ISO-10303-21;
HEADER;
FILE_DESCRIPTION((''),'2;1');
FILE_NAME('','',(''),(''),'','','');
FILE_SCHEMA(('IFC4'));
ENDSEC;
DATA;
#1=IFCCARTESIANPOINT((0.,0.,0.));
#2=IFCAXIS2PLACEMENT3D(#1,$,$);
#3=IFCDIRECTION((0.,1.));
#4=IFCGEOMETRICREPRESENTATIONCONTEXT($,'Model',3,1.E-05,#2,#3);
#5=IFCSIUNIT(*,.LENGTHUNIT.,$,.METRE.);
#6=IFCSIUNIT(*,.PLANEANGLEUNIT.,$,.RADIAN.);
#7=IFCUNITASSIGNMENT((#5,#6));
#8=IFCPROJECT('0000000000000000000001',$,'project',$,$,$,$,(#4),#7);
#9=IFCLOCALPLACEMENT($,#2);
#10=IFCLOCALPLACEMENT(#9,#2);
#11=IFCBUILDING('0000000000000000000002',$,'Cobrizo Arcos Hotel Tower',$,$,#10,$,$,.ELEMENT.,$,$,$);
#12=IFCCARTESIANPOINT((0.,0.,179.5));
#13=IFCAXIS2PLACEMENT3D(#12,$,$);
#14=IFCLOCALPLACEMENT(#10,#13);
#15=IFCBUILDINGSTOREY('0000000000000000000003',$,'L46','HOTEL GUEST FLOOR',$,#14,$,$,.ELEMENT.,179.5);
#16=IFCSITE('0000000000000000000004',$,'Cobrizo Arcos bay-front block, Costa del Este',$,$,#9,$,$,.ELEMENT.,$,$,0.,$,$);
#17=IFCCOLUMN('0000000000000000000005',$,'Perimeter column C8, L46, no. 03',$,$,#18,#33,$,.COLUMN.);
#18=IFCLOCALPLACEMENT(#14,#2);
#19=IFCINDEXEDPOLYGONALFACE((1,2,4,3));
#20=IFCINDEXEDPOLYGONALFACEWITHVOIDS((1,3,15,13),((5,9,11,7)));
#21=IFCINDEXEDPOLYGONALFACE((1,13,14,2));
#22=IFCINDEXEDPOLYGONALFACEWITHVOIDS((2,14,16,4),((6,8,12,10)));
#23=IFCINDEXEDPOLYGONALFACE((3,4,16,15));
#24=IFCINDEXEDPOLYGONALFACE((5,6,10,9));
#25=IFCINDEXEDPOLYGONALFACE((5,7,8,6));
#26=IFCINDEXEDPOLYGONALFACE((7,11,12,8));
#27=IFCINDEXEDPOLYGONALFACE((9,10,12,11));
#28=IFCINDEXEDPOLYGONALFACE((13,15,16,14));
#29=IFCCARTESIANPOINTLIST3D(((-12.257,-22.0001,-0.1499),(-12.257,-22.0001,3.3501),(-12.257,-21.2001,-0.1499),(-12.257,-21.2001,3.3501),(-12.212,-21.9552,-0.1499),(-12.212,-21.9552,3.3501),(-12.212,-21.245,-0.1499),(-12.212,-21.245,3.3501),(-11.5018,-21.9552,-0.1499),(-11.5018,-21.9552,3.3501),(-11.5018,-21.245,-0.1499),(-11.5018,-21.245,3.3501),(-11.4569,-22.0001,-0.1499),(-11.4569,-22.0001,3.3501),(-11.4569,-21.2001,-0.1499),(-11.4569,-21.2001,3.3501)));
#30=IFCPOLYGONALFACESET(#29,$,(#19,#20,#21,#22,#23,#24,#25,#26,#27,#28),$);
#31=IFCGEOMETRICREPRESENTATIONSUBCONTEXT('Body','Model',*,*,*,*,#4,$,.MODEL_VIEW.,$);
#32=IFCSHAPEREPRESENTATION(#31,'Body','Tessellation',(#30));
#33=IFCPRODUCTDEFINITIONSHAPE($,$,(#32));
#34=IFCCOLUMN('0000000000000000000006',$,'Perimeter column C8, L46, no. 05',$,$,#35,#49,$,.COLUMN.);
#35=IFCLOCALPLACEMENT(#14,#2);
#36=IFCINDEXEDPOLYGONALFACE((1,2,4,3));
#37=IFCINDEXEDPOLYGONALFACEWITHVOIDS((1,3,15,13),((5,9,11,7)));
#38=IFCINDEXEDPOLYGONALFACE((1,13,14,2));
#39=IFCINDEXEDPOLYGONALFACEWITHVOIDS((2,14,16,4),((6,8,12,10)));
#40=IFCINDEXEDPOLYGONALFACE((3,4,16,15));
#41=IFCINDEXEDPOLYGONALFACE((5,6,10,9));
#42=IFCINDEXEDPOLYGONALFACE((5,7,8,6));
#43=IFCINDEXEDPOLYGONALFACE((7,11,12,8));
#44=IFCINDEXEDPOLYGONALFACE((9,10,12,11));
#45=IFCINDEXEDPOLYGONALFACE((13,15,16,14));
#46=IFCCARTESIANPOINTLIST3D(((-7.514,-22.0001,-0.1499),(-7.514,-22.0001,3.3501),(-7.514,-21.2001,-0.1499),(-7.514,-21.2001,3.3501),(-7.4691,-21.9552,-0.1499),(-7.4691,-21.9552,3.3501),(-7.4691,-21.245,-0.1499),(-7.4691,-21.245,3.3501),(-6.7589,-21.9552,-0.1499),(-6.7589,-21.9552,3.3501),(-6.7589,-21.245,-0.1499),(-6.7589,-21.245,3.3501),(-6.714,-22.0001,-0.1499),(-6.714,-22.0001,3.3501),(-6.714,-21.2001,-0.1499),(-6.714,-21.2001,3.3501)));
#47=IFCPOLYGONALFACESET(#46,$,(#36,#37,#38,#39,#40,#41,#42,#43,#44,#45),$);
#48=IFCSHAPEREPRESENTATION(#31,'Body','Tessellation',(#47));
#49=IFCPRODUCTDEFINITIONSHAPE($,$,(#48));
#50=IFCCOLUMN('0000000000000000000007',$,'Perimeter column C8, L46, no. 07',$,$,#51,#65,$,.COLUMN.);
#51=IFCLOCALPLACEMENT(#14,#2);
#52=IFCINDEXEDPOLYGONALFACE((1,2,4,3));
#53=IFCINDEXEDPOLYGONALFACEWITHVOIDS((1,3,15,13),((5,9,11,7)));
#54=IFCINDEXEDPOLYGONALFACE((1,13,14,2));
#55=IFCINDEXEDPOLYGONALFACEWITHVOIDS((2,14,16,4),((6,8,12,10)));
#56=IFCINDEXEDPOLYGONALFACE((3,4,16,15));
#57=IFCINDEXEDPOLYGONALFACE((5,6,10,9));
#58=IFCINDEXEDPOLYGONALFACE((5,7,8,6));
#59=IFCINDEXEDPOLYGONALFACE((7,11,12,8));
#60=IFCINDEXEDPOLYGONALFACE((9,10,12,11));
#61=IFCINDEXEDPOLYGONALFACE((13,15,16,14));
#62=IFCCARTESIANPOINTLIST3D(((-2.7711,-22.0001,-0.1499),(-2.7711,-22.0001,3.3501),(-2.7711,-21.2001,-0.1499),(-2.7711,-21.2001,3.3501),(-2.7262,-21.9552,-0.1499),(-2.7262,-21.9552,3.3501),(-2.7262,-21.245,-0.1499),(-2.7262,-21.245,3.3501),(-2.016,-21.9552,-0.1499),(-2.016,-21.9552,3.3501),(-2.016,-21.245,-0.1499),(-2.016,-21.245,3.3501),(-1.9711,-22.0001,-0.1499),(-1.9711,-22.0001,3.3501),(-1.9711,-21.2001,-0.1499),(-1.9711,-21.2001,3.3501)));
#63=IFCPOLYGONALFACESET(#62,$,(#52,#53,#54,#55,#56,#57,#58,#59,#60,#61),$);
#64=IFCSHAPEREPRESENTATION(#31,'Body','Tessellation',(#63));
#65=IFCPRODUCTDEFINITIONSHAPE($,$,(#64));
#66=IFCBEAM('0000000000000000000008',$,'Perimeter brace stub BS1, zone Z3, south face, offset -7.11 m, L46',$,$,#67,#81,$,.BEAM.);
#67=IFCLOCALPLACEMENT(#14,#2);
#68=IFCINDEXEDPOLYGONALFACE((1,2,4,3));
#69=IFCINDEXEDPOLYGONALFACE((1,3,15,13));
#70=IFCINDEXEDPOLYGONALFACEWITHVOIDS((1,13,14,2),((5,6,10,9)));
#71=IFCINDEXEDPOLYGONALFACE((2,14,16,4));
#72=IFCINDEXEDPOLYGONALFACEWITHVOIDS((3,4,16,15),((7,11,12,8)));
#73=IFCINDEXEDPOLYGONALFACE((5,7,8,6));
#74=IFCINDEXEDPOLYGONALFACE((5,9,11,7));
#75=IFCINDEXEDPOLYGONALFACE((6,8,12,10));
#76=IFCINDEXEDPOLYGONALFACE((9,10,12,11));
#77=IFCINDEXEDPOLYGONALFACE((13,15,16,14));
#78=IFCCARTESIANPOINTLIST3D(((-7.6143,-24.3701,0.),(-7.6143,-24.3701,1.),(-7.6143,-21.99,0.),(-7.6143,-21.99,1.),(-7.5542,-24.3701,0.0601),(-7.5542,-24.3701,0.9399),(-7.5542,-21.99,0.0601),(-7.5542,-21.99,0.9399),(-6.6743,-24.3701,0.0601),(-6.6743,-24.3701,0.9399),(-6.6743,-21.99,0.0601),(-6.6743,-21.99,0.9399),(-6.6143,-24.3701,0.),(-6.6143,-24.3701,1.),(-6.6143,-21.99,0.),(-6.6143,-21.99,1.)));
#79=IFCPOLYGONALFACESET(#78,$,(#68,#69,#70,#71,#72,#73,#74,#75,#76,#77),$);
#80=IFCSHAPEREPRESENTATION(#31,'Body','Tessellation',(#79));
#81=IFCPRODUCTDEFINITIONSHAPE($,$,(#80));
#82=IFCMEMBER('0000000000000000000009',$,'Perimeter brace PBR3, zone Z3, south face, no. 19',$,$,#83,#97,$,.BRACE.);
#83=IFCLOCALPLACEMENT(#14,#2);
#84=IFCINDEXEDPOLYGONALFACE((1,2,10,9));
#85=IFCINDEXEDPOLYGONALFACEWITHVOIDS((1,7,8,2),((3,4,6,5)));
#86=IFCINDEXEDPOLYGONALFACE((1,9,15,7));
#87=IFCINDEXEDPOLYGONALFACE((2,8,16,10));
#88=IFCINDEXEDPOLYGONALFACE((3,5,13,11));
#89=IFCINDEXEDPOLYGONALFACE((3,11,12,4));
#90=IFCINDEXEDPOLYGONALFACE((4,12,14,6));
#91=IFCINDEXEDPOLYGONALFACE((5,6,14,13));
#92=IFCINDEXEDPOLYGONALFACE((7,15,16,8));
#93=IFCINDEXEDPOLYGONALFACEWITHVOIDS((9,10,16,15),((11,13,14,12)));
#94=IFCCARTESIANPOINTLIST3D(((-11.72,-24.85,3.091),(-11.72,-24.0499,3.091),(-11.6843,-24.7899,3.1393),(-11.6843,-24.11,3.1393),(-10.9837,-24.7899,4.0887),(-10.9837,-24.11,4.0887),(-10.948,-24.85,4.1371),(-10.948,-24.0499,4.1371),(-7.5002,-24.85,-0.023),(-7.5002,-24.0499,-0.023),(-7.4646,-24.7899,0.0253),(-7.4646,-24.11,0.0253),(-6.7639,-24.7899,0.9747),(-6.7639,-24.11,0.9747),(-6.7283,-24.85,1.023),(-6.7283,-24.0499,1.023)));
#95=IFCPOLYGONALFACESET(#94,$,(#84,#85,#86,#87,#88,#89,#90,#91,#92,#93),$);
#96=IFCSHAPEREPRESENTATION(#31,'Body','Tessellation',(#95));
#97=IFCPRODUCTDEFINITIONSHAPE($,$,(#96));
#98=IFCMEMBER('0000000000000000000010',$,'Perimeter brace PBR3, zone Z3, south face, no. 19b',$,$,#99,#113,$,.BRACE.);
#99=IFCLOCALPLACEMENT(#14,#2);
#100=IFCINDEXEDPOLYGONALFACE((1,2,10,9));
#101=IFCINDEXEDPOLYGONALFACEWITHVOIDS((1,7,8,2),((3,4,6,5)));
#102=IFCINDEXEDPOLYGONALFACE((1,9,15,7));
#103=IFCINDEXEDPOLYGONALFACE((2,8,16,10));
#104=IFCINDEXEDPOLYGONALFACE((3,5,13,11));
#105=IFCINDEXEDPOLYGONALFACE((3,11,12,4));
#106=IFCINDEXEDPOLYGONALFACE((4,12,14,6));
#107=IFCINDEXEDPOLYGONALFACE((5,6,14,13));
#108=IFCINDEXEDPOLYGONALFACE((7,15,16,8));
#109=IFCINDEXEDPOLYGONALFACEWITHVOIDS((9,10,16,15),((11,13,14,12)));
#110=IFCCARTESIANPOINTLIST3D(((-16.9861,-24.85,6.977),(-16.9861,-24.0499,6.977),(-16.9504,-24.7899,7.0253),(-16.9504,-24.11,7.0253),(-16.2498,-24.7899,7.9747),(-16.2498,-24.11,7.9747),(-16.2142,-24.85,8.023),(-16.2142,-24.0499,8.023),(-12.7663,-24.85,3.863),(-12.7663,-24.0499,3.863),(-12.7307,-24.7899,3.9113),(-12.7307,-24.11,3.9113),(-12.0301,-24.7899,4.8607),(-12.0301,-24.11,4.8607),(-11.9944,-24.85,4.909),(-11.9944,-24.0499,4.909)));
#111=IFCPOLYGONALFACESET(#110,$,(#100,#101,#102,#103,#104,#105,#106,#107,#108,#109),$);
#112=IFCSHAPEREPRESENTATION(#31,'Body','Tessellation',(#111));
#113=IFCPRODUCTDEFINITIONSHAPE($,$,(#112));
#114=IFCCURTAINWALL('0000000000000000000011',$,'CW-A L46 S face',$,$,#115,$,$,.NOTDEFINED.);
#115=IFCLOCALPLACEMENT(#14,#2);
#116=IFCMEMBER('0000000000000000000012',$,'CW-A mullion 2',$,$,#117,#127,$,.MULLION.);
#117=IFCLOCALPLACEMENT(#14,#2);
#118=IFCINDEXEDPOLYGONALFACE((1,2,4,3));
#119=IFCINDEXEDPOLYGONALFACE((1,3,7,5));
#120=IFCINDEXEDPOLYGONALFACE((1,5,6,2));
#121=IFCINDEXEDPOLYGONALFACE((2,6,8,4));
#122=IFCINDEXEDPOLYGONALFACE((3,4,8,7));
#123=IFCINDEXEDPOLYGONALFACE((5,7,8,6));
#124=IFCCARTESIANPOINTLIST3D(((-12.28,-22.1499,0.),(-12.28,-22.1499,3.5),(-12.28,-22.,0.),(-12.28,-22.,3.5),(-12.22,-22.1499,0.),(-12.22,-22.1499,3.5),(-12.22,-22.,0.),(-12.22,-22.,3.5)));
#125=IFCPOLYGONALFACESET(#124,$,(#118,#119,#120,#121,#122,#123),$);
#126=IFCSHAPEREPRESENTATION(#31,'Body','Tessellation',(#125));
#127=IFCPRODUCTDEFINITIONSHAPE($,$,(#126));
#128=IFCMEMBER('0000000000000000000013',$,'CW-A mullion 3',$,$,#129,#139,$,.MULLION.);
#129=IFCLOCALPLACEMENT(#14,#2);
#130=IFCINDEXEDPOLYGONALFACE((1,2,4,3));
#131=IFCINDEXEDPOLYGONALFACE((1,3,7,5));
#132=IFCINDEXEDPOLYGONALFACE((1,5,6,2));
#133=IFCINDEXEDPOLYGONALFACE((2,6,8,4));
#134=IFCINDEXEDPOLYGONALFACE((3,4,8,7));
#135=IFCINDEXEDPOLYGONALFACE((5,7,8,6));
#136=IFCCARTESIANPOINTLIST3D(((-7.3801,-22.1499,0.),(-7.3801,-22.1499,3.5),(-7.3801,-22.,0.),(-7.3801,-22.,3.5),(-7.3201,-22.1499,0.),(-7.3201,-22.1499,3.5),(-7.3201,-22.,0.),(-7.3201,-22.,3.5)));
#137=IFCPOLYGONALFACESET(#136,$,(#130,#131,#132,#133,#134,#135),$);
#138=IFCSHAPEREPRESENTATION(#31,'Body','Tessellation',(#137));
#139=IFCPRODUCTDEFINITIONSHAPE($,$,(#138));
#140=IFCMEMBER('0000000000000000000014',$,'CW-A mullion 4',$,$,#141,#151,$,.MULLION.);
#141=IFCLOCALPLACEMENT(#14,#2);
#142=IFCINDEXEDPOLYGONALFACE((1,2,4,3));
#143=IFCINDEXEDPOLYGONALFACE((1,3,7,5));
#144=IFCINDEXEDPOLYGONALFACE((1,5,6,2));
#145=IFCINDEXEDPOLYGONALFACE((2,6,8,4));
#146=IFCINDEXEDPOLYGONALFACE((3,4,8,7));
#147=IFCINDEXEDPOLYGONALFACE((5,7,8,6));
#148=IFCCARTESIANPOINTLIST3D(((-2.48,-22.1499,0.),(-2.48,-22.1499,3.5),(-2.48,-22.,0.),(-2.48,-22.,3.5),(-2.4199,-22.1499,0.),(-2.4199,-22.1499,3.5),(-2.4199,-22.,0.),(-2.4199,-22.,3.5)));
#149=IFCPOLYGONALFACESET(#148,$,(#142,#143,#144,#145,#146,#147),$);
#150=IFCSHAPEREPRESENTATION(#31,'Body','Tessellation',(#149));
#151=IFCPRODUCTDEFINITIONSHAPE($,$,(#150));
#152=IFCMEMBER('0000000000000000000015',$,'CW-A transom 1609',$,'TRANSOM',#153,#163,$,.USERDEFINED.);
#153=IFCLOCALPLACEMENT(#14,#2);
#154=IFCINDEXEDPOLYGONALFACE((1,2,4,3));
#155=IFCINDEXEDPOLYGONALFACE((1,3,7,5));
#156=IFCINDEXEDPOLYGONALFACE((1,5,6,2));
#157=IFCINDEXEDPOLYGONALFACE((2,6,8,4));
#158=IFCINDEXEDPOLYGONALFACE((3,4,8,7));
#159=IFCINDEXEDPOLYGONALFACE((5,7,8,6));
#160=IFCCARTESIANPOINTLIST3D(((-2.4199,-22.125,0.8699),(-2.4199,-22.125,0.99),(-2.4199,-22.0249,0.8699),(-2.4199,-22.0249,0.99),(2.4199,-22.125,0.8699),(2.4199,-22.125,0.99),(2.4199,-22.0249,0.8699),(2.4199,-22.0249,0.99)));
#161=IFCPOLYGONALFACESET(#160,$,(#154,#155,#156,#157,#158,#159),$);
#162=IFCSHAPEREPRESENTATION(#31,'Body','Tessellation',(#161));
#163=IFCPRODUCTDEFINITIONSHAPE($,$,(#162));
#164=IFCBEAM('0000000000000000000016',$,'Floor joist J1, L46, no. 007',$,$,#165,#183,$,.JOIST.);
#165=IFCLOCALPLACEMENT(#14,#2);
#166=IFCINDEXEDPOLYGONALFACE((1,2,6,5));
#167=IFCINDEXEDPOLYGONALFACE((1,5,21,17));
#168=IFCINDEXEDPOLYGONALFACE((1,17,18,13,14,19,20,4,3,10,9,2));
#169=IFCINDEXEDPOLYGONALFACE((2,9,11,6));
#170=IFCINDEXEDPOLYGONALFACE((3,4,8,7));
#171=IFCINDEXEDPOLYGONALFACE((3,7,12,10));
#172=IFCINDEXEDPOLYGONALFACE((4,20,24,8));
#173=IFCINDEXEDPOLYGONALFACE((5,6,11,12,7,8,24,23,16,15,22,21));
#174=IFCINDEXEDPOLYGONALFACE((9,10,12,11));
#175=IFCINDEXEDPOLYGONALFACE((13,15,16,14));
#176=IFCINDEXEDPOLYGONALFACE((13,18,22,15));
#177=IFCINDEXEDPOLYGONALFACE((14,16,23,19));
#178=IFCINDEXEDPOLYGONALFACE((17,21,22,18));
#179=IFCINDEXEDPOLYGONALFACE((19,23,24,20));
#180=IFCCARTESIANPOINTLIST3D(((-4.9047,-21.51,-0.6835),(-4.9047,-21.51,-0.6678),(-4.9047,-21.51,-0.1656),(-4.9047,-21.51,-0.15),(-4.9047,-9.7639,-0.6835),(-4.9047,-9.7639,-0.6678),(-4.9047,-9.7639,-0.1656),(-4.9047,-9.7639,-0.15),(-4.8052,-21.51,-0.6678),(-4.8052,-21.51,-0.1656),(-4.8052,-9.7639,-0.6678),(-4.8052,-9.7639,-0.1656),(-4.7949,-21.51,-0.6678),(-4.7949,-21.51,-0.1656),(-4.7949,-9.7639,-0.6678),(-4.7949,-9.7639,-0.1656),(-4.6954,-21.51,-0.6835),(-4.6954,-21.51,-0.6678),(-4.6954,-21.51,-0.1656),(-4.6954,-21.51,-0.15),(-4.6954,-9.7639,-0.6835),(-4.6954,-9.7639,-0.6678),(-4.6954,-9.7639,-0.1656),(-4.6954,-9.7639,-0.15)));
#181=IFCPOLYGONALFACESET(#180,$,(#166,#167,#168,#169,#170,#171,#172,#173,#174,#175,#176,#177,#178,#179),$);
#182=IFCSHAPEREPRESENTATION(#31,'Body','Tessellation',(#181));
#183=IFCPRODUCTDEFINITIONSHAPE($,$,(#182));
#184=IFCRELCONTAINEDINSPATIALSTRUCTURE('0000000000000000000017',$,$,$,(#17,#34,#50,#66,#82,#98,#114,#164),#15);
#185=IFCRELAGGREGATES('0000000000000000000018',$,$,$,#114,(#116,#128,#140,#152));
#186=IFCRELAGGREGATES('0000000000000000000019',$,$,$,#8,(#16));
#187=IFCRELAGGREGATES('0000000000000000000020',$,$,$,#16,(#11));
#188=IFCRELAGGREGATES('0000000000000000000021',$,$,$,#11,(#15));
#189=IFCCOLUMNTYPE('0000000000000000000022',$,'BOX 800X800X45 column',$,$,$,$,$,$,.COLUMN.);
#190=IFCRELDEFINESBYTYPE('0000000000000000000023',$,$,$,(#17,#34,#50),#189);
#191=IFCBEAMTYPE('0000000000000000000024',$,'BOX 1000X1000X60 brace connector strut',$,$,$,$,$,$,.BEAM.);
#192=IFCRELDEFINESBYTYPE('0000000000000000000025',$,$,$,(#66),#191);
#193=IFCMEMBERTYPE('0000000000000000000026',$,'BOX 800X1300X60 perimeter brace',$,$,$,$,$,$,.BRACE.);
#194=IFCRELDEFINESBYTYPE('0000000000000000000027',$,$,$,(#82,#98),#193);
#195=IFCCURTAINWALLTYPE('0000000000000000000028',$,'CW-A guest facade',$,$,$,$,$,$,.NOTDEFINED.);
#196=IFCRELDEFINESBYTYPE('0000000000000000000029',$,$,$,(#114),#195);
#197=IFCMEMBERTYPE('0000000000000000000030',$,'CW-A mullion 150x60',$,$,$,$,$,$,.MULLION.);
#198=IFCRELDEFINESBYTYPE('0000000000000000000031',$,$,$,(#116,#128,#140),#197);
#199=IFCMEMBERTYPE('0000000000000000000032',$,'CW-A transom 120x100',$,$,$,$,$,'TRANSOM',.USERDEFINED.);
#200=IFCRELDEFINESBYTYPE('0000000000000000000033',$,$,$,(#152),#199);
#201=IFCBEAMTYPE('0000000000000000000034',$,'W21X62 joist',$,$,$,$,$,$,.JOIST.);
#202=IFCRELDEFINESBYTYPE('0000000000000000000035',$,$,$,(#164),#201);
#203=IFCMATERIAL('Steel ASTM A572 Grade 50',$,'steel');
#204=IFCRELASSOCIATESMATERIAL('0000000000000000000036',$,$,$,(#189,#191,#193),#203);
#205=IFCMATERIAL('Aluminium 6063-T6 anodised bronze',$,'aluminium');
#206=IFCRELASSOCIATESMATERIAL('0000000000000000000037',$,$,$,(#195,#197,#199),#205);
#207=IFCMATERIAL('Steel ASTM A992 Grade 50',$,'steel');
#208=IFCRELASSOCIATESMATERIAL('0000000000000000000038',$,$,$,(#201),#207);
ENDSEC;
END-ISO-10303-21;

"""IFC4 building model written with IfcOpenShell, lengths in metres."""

from ifc_helpers import new_model, si_unit, direction, frame, origin, origin_2d, place, context, subcontext, project, spatial, rectangle, hollow_rectangle, i_section, extrude, material, material_profile, profile_set, type_object, element, aggregate, save


model = new_model("IFC4")

# Units and contexts
model_context = context("Model", 3, precision=1e-05, world=origin(), true_north=direction((0.0, 1.0)))
body_context = subcontext(model_context, "Body", "Model", "MODEL_VIEW")
ifc_project = project(units=[si_unit("LENGTHUNIT", "METRE"), si_unit("PLANEANGLEUNIT", "RADIAN")], contexts=[model_context])

# Site, building, storey
site_placement = place(None, origin())
site = spatial("IfcSite", under=ifc_project, at=site_placement, Name="Cobrizo Arcos bay-front block, Costa del Este", CompositionType="ELEMENT", RefElevation=0.0)
building_placement = place(site_placement, origin())
building = spatial("IfcBuilding", under=site, at=building_placement, Name="Cobrizo Arcos Hotel Tower", CompositionType="ELEMENT")
storey_placement = place(building_placement, frame((0.0, 0.0, 179.5)))
storey = spatial("IfcBuildingStorey", under=building, at=storey_placement, Name="L46", Description="HOTEL GUEST FLOOR", CompositionType="ELEMENT", Elevation=179.5)

# Columns
ifc_material_1 = material(Name="Steel ASTM A572 Grade 50", Category="steel")
ifc_material_profile_1 = material_profile(ifc_material_1, hollow_rectangle(XDim=0.8, YDim=0.8, WallThickness=0.0449, at=origin_2d()), Name="BOX 800X800X45")
ifc_profile_set_1 = profile_set([ifc_material_profile_1], Name="Steel ASTM A572 Grade 50")
column_type = type_object("IfcColumnType", Name="BOX 800X800X45 column", PredefinedType="COLUMN", material=ifc_profile_set_1)
for number, where, z_axis, x_axis, name in (
    (1, (-11.8569, -21.6001, -0.1499), (0.0, 0.0, 1.0), (1.0, 0.0, 0.0), "Perimeter column C8, L46, no. 03"),
    (2, (-7.114, -21.6001, -0.1499), (0.0, 0.0, 1.0), (1.0, 0.0, 0.0), "Perimeter column C8, L46, no. 05"),
    (3, (-2.3711, -21.6001, -0.1499), (0.0, 0.0, 1.0), (1.0, 0.0, 0.0), "Perimeter column C8, L46, no. 07"),
):
    element("IfcColumn", number, at=place(storey_placement, frame(where, z_axis=z_axis, x_axis=x_axis)), inside=storey, type_object=column_type, Name=name, PredefinedType="COLUMN", context=body_context, shape_type="SweptSolid", body=[
        extrude(hollow_rectangle(XDim=0.8, YDim=0.8, WallThickness=0.0449, at=origin_2d()), origin(), (0.0, 0.0, 1.0), 3.5),
    ])

# Beam
ifc_material_profile_2 = material_profile(ifc_material_1, hollow_rectangle(XDim=1.0, YDim=1.0, WallThickness=0.0601, at=origin_2d()), Name="BOX 1000X1000X60")
ifc_profile_set_2 = profile_set([ifc_material_profile_2], Name="Steel ASTM A572 Grade 50")
beam_type_1 = type_object("IfcBeamType", Name="BOX 1000X1000X60 brace connector strut", PredefinedType="BEAM", material=ifc_profile_set_2)
beam_1_placement = place(storey_placement, frame((-7.1143, -21.99, 0.5), z_axis=(0.0, -1.0, 0.0), x_axis=(1.0, 0.0, 0.0)))
element("IfcBeam", 4, at=beam_1_placement, inside=storey, type_object=beam_type_1, Name="Perimeter brace stub BS1, zone Z3, south face, offset -7.11 m, L46", PredefinedType="BEAM", context=body_context, shape_type="SweptSolid", body=[
    extrude(hollow_rectangle(XDim=1.0, YDim=1.0, WallThickness=0.0601, at=origin_2d()), origin(), (0.0, 0.0, 1.0), 2.3801),
])

# Members
ifc_material_profile_3 = material_profile(ifc_material_1, hollow_rectangle(XDim=0.8, YDim=1.3, WallThickness=0.0601, at=origin_2d()), Name="BOX 800X1300X60")
ifc_profile_set_3 = profile_set([ifc_material_profile_3], Name="Steel ASTM A572 Grade 50")
member_type_1 = type_object("IfcMemberType", Name="BOX 800X1300X60 perimeter brace", PredefinedType="BRACE", material=ifc_profile_set_3)
for number, where, z_axis, x_axis, name in (
    (5, (-7.1143, -24.45, 0.5), (-0.804624, 0.0, 0.593785), (0.0, -1.0, 0.0), "Perimeter brace PBR3, zone Z3, south face, no. 19"),
    (6, (-12.3804, -24.45, 4.386), (-0.804624, 0.0, 0.593785), (0.0, -1.0, 0.0), "Perimeter brace PBR3, zone Z3, south face, no. 19b"),
):
    element("IfcMember", number, at=place(storey_placement, frame(where, z_axis=z_axis, x_axis=x_axis)), inside=storey, type_object=member_type_1, Name=name, PredefinedType="BRACE", context=body_context, shape_type="SweptSolid", body=[
        extrude(hollow_rectangle(XDim=0.8, YDim=1.3, WallThickness=0.0601, at=origin_2d()), origin(), (0.0, 0.0, 1.0), 5.2444),
    ])

# Curtain wall, members
ifc_material_2 = material(Name="Aluminium 6063-T6 anodised bronze", Category="aluminium")
curtain_wall_type = type_object("IfcCurtainWallType", Name="CW-A guest facade", PredefinedType="NOTDEFINED", material=ifc_material_2)
curtain_wall_placement = place(storey_placement, origin())
curtain_wall = element("IfcCurtainWall", 7, at=curtain_wall_placement, inside=storey, type_object=curtain_wall_type, Name="CW-A L46 S face", PredefinedType="NOTDEFINED")
ifc_material_profile_4 = material_profile(ifc_material_2, rectangle(XDim=0.1499, YDim=0.0601, at=origin_2d()), Name="CW-A mullion 150x60")
ifc_profile_set_4 = profile_set([ifc_material_profile_4], Name="Aluminium 6063-T6 anodised bronze")
member_type_2 = type_object("IfcMemberType", Name="CW-A mullion 150x60", PredefinedType="MULLION", material=ifc_profile_set_4)
member_1_placement = place(storey_placement, frame((-12.25, -22.075, 0.0), z_axis=(0.0, 0.0, 1.0), x_axis=(0.0, -1.0, 0.0)))
member_1 = element("IfcMember", 8, at=member_1_placement, type_object=member_type_2, Name="CW-A mullion 2", PredefinedType="MULLION", context=body_context, shape_type="SweptSolid", body=[
    extrude(rectangle(XDim=0.1499, YDim=0.0601, at=origin_2d()), origin(), (0.0, 0.0, 1.0), 3.5),
])
member_2_placement = place(storey_placement, frame((-7.3501, -22.075, 0.0), z_axis=(0.0, 0.0, 1.0), x_axis=(0.0, -1.0, 0.0)))
member_2 = element("IfcMember", 9, at=member_2_placement, type_object=member_type_2, Name="CW-A mullion 3", PredefinedType="MULLION", context=body_context, shape_type="SweptSolid", body=[
    extrude(rectangle(XDim=0.1499, YDim=0.0601, at=origin_2d()), origin(), (0.0, 0.0, 1.0), 3.5),
])
member_3_placement = place(storey_placement, frame((-2.45, -22.075, 0.0), z_axis=(0.0, 0.0, 1.0), x_axis=(0.0, -1.0, 0.0)))
member_3 = element("IfcMember", 10, at=member_3_placement, type_object=member_type_2, Name="CW-A mullion 4", PredefinedType="MULLION", context=body_context, shape_type="SweptSolid", body=[
    extrude(rectangle(XDim=0.1499, YDim=0.0601, at=origin_2d()), origin(), (0.0, 0.0, 1.0), 3.5),
])
ifc_material_profile_5 = material_profile(ifc_material_2, rectangle(XDim=0.1001, YDim=0.1201, at=origin_2d()), Name="CW-A transom 120x100")
ifc_profile_set_5 = profile_set([ifc_material_profile_5], Name="Aluminium 6063-T6 anodised bronze")
member_type_3 = type_object("IfcMemberType", Name="CW-A transom 120x100", ElementType="TRANSOM", PredefinedType="USERDEFINED", material=ifc_profile_set_5)
member_4_placement = place(storey_placement, frame((-2.4199, -22.075, 0.9299), z_axis=(1.0, 0.0, 0.0), x_axis=(0.0, 1.0, 0.0)))
member_4 = element("IfcMember", 11, at=member_4_placement, type_object=member_type_3, Name="CW-A transom 1609", ObjectType="TRANSOM", PredefinedType="USERDEFINED", context=body_context, shape_type="SweptSolid", body=[
    extrude(rectangle(XDim=0.1001, YDim=0.1201, at=origin_2d()), origin(), (0.0, 0.0, 1.0), 4.8398),
])

# Beam
ifc_material_3 = material(Name="Steel ASTM A992 Grade 50", Category="steel")
ifc_material_profile_6 = material_profile(ifc_material_3, i_section(OverallWidth=0.2092, OverallDepth=0.5334, WebThickness=0.0103, FlangeThickness=0.0156, at=origin_2d()), Name="W21X62")
ifc_profile_set_6 = profile_set([ifc_material_profile_6], Name="Steel ASTM A992 Grade 50")
beam_type_2 = type_object("IfcBeamType", Name="W21X62 joist", PredefinedType="JOIST", material=ifc_profile_set_6)
beam_2_placement = place(storey_placement, frame((-4.8, -21.51, -0.4167), z_axis=(0.0, 1.0, 0.0), x_axis=(-1.0, 0.0, 0.0)))
element("IfcBeam", 12, at=beam_2_placement, inside=storey, type_object=beam_type_2, Name="Floor joist J1, L46, no. 007", PredefinedType="JOIST", context=body_context, shape_type="SweptSolid", body=[
    extrude(i_section(OverallWidth=0.2092, OverallDepth=0.5334, WebThickness=0.0103, FlangeThickness=0.0156, at=origin_2d()), origin(), (0.0, 0.0, 1.0), 11.7461),
])

aggregate(curtain_wall, [member_1, member_2, member_3, member_4])

save(model, "model.ifc")
